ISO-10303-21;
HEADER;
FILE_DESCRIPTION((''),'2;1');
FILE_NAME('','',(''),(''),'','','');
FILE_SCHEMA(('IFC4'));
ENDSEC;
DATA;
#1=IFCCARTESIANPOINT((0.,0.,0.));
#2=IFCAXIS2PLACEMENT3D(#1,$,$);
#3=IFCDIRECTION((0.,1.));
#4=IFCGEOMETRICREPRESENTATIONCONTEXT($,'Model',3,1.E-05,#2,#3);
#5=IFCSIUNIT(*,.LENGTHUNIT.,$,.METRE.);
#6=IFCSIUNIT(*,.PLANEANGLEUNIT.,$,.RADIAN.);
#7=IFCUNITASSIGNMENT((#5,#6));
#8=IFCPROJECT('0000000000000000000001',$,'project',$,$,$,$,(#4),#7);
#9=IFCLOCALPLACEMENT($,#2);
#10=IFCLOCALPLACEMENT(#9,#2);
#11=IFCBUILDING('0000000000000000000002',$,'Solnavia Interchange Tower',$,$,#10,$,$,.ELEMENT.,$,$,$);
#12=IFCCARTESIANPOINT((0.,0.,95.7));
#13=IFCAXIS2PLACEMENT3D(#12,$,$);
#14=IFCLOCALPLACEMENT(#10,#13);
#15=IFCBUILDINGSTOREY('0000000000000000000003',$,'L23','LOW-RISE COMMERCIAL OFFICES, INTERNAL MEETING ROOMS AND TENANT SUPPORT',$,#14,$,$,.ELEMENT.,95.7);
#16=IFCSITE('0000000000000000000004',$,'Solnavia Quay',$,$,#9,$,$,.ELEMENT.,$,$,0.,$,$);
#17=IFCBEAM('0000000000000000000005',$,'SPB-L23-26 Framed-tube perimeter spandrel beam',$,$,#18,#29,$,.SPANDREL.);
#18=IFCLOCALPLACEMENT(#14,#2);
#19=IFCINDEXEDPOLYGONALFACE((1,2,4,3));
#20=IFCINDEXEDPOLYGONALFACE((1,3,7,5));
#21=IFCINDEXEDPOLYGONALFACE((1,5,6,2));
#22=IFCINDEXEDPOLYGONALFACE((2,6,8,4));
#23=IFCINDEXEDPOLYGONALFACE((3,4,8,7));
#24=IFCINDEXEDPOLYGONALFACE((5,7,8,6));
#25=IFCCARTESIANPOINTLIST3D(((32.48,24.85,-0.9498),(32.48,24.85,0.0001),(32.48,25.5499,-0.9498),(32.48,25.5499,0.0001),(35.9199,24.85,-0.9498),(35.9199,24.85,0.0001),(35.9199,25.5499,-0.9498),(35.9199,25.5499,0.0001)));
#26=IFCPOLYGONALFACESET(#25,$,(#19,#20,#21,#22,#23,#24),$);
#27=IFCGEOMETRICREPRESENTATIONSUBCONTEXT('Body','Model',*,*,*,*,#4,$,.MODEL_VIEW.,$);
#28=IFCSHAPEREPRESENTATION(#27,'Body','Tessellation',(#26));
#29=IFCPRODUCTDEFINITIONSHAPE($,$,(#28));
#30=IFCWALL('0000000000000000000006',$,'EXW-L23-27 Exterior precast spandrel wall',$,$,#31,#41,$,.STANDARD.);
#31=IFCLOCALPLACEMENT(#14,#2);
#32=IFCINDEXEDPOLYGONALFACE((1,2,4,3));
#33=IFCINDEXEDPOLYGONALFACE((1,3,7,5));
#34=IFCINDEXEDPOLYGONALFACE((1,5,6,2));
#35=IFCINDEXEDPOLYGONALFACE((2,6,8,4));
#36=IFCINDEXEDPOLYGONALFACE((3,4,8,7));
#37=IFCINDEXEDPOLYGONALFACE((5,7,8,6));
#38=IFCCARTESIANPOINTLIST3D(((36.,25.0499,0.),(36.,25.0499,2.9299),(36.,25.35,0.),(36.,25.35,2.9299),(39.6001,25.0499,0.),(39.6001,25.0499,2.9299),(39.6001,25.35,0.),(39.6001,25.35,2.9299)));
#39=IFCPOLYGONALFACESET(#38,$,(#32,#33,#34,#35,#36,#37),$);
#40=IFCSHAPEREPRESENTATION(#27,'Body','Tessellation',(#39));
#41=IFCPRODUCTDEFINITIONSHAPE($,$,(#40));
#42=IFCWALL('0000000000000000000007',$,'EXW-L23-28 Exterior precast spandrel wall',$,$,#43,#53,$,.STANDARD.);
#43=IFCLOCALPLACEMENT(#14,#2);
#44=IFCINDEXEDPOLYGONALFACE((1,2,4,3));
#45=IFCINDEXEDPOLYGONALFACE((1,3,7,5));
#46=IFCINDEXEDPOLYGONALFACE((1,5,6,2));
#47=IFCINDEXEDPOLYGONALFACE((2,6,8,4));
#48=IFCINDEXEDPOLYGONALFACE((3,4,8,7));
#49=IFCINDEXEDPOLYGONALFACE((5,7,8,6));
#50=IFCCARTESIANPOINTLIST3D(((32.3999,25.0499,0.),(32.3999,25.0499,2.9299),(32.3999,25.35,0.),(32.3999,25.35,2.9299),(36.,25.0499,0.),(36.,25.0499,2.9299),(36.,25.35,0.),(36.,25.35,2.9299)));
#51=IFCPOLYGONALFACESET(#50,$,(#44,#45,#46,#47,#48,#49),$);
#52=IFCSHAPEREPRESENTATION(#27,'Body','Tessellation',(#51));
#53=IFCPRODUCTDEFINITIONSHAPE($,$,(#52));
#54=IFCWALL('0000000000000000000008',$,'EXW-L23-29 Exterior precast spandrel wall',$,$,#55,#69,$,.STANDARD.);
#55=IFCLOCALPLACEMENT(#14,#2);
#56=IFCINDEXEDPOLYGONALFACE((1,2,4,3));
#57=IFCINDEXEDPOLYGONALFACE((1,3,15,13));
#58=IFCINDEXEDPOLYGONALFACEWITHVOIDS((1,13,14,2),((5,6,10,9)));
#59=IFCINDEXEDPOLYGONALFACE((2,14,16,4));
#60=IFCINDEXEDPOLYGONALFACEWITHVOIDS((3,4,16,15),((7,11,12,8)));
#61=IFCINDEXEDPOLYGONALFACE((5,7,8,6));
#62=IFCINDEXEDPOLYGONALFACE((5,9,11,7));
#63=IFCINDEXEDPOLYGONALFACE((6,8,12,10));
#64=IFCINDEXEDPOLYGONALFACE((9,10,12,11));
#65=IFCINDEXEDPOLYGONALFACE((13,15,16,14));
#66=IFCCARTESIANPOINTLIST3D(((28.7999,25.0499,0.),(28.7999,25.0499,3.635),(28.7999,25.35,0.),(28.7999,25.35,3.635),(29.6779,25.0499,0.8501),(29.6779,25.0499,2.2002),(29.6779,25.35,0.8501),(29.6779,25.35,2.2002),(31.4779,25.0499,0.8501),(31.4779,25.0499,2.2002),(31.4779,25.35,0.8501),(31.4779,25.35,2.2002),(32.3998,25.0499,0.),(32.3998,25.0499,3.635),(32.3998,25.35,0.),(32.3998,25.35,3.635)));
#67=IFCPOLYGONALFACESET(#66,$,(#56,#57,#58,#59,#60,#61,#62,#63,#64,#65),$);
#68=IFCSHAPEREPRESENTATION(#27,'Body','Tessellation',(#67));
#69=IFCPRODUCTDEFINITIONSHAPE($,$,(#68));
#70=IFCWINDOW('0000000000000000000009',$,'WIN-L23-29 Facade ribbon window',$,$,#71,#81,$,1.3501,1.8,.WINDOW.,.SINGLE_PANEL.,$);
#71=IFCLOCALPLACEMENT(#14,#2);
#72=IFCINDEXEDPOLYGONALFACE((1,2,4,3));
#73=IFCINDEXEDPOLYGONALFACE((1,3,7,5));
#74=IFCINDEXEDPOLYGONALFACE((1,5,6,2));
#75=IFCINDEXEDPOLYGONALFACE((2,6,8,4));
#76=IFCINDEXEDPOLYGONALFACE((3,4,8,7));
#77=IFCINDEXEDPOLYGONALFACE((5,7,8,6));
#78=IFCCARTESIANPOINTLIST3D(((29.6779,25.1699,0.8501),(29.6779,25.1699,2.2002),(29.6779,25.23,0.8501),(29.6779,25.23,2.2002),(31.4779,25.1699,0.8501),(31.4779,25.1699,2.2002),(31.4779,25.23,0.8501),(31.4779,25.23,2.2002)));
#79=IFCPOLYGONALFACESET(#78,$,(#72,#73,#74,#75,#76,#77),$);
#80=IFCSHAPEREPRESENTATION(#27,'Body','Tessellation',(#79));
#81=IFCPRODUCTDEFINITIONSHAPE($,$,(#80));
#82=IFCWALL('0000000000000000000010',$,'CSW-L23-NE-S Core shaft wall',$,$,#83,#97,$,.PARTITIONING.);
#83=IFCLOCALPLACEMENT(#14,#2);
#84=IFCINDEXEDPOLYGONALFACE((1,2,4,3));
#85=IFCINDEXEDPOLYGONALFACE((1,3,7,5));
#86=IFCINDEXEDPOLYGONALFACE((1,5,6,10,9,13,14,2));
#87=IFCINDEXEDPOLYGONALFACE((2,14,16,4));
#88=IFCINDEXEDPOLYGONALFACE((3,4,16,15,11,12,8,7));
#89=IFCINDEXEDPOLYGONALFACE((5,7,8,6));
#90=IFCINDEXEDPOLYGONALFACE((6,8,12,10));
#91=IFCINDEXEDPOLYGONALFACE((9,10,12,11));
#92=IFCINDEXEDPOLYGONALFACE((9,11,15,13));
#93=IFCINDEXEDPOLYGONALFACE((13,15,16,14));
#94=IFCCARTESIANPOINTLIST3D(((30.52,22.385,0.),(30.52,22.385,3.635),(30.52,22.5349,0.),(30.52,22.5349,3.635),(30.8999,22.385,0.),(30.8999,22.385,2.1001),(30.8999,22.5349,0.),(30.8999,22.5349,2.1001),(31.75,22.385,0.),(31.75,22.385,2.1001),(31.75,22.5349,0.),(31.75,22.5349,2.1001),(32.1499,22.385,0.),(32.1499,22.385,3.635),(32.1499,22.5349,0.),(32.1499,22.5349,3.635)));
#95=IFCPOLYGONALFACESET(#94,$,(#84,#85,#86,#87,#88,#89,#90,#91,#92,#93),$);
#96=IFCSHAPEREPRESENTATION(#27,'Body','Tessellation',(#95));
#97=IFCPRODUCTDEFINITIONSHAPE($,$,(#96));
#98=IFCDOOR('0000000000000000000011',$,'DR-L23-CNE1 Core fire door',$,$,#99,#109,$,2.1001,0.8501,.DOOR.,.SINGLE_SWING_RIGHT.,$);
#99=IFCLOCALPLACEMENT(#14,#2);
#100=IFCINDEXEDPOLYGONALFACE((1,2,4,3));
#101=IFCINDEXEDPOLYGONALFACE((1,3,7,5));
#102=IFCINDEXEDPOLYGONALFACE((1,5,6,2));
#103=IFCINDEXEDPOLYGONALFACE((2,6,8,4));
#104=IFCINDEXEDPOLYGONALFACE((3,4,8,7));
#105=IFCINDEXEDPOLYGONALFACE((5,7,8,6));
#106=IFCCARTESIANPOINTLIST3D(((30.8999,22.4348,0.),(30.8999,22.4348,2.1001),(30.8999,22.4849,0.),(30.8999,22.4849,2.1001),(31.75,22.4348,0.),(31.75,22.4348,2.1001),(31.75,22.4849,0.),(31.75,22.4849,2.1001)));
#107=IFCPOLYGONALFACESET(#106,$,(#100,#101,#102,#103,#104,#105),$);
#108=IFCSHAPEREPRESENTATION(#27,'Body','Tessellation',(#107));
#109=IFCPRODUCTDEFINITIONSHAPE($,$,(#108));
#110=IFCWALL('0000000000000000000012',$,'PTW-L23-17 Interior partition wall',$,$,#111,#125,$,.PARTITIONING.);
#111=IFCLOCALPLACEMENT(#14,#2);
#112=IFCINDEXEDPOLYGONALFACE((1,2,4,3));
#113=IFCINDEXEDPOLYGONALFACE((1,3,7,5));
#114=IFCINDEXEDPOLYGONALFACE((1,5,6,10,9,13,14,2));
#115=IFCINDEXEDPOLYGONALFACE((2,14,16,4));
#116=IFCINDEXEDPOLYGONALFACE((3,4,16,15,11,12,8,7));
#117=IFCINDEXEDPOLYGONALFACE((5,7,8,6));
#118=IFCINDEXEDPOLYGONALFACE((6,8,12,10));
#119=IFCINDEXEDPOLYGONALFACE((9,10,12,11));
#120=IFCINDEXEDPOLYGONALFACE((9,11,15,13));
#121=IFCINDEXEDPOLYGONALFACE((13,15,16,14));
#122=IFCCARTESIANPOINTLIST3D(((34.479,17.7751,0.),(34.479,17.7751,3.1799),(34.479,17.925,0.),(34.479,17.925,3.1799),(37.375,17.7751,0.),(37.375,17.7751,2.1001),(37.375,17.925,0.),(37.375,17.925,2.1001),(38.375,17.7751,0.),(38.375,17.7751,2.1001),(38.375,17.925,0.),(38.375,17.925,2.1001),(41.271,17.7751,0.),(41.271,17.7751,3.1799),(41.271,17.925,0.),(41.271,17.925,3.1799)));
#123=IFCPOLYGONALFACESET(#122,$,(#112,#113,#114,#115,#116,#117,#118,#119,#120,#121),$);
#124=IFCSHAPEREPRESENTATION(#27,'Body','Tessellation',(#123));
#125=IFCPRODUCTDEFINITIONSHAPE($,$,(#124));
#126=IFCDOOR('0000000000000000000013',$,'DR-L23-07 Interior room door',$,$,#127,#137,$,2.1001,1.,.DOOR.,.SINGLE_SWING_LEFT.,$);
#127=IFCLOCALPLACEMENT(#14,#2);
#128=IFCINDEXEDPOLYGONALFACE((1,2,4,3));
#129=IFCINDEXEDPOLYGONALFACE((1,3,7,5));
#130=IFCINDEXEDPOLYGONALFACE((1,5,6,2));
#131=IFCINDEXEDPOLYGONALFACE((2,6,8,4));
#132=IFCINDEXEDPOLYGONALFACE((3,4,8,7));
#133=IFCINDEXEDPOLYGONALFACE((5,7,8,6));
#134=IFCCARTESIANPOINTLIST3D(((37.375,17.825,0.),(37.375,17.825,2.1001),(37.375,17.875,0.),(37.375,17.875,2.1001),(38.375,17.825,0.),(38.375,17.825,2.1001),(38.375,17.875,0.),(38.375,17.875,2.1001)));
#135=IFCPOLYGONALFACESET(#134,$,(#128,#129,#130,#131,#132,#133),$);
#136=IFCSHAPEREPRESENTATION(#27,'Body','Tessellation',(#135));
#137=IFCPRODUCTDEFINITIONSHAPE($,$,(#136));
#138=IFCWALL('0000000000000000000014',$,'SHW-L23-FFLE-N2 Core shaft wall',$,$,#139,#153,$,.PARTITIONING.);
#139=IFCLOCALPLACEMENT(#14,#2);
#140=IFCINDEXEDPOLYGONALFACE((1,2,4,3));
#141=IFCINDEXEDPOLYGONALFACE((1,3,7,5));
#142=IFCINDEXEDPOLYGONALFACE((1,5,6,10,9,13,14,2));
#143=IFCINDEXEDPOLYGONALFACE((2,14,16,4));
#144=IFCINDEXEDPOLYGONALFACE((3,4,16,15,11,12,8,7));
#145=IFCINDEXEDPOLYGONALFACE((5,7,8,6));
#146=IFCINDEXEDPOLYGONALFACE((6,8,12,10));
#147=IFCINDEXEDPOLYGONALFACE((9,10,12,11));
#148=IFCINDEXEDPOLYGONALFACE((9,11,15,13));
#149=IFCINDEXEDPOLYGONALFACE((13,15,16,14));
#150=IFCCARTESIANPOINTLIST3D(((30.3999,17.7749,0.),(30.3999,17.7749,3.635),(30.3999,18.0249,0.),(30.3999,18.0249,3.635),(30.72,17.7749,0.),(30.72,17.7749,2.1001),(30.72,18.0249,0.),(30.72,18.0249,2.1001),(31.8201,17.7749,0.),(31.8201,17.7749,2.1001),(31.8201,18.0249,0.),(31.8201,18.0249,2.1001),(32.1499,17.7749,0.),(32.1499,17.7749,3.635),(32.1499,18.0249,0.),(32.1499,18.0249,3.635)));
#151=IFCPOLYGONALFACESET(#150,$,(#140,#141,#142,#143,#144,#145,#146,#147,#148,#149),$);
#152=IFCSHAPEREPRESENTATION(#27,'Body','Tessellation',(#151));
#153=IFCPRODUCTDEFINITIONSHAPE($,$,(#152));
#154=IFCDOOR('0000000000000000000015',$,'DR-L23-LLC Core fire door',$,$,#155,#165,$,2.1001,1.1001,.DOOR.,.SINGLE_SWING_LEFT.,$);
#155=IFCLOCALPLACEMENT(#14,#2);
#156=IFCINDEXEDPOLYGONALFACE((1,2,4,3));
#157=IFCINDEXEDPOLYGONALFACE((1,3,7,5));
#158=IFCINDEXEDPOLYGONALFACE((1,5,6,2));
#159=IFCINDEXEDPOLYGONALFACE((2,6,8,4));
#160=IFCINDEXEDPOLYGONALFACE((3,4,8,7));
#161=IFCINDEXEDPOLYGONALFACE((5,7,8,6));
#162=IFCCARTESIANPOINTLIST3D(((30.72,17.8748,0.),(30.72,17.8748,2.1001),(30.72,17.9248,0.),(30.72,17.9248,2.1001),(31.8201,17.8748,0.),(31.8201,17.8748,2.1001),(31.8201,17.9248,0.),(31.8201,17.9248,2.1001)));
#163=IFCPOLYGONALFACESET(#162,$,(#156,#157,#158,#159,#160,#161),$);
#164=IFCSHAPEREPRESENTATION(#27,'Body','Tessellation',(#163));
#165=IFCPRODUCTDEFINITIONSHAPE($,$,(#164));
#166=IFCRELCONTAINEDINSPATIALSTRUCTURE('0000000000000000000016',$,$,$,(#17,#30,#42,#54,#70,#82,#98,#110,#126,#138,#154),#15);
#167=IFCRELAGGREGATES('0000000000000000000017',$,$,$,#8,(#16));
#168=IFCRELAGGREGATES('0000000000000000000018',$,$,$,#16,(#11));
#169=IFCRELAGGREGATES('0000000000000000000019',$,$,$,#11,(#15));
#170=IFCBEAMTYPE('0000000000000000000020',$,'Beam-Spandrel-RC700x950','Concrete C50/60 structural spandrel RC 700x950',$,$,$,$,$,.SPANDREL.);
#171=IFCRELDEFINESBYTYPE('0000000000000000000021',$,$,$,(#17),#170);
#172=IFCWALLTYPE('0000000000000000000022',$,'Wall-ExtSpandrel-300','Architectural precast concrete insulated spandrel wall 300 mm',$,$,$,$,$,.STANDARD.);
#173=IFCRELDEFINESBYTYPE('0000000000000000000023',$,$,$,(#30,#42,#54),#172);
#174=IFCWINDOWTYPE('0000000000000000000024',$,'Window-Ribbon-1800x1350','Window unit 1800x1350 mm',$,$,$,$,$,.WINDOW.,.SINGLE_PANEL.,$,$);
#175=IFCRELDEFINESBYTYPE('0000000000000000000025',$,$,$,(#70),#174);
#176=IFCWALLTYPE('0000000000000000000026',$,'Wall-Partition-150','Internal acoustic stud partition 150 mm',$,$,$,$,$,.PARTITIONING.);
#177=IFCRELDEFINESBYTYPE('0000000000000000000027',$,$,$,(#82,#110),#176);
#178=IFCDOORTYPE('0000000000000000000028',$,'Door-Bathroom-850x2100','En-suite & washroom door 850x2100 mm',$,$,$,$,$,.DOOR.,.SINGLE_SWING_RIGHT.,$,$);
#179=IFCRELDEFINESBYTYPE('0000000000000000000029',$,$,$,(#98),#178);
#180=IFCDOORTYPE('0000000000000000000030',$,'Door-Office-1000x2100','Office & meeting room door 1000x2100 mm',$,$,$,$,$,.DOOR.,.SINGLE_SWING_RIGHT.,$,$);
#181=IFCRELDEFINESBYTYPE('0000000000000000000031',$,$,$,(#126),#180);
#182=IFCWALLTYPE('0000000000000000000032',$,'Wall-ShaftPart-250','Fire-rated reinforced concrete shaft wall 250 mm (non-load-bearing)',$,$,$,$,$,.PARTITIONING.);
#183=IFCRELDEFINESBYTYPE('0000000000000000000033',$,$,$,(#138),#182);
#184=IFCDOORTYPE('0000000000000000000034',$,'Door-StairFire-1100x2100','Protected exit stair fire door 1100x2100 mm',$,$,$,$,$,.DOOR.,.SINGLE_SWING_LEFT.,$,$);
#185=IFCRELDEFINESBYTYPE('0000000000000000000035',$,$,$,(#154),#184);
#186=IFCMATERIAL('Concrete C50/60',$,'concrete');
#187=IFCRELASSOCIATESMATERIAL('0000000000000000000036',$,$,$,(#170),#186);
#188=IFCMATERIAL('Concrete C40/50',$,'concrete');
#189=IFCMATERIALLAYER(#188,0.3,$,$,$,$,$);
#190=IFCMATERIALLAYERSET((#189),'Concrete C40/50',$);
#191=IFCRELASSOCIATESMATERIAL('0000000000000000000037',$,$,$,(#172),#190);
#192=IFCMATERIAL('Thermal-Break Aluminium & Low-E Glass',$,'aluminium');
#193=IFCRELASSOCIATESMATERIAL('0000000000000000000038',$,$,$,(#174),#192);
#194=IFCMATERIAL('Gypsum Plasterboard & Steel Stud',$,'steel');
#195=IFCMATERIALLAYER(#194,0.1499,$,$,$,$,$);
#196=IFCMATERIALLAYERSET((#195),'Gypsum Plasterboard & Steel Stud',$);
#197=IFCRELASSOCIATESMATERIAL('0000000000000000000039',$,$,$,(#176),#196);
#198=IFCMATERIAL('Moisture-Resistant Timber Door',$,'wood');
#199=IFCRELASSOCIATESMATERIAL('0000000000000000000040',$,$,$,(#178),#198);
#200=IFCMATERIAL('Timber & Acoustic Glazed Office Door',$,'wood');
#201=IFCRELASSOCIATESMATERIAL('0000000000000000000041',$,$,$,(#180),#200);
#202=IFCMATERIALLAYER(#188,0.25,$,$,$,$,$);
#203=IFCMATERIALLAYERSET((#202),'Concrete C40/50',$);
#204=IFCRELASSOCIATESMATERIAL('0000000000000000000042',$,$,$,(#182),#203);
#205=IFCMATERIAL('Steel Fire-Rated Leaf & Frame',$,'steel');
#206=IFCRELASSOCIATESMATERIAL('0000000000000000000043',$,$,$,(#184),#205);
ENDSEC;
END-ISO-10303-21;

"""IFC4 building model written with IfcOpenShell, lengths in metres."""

from ifc_helpers import new_model, si_unit, direction, frame, frame_2d, origin, origin_2d, place, context, subcontext, project, spatial, rectangle, extrude, material, layer, layer_set, material_profile, profile_set, type_object, element, fill, save


model = new_model("IFC4")

# Units and contexts
model_context = context("Model", 3, precision=1e-05, world=origin(), true_north=direction((0.0, 1.0)))
body_context = subcontext(model_context, "Body", "Model", "MODEL_VIEW")
ifc_project = project(units=[si_unit("LENGTHUNIT", "METRE"), si_unit("PLANEANGLEUNIT", "RADIAN")], contexts=[model_context])

# Site, building, storey
site_placement = place(None, origin())
site = spatial("IfcSite", under=ifc_project, at=site_placement, Name="Solnavia Quay", CompositionType="ELEMENT", RefElevation=0.0)
building_placement = place(site_placement, origin())
building = spatial("IfcBuilding", under=site, at=building_placement, Name="Solnavia Interchange Tower", CompositionType="ELEMENT")
storey_placement = place(building_placement, frame((0.0, 0.0, 95.7)))
storey = spatial("IfcBuildingStorey", under=building, at=storey_placement, Name="L23", Description="LOW-RISE COMMERCIAL OFFICES, INTERNAL MEETING ROOMS AND TENANT SUPPORT", CompositionType="ELEMENT", Elevation=95.7)

# Shared definitions
ifc_material_1 = material(Name="Concrete C50/60", Category="concrete")

# Beam
ifc_material_profile_1 = material_profile(ifc_material_1, rectangle(XDim=0.7, YDim=0.95, at=origin_2d()), Name="RC 700x950")
ifc_profile_set_1 = profile_set([ifc_material_profile_1], Name="Concrete C50/60")
beam_type_1 = type_object("IfcBeamType", Name="Beam-Spandrel-RC700x950", Description="Concrete C50/60 structural spandrel RC 700x950", PredefinedType="SPANDREL", material=ifc_profile_set_1)
beam_1_placement = place(storey_placement, frame((35.9199, 25.2, -0.4749), z_axis=(-1.0, 0.0, 0.0), x_axis=(0.0, -1.0, 0.0)))
element("IfcBeam", 1, at=beam_1_placement, inside=storey, type_object=beam_type_1, Name="SPB-L23-26 Framed-tube perimeter spandrel beam", PredefinedType="SPANDREL", context=body_context, shape_type="SweptSolid", body=[
    extrude(rectangle(XDim=0.7, YDim=0.95, at=origin_2d()), origin(), (0.0, 0.0, 1.0), 3.4399),
])

# Walls
ifc_material_2 = material(Name="Concrete C40/50", Category="concrete")
ifc_layer_1 = layer(ifc_material_2, 0.3)
ifc_layer_set_1 = layer_set([ifc_layer_1], Name="Concrete C40/50")
wall_type_1 = type_object("IfcWallType", Name="Wall-ExtSpandrel-300", Description="Architectural precast concrete insulated spandrel wall 300 mm", PredefinedType="STANDARD", material=ifc_layer_set_1)
for number, where, z_axis, x_axis, name in (
    (2, (36.0, 25.2, 0.0), (0.0, 0.0, 1.0), (1.0, 0.0, 0.0), "EXW-L23-27 Exterior precast spandrel wall"),
    (3, (32.3999, 25.2, 0.0), (0.0, 0.0, 1.0), (1.0, 0.0, 0.0), "EXW-L23-28 Exterior precast spandrel wall"),
):
    element("IfcWall", number, at=place(storey_placement, frame(where, z_axis=z_axis, x_axis=x_axis)), inside=storey, type_object=wall_type_1, Name=name, PredefinedType="STANDARD", context=body_context, shape_type="SweptSolid", body=[
        extrude(rectangle(XDim=3.6001, YDim=0.3, at=frame_2d((1.8, 0.0))), origin(), (0.0, 0.0, 1.0), 2.9299),
    ])

# Wall, opening, window
wall_1_placement = place(storey_placement, frame((28.8, 25.2, 0.0), z_axis=(0.0, 0.0, 1.0), x_axis=(1.0, 0.0, 0.0)))
wall_1 = element("IfcWall", 4, at=wall_1_placement, inside=storey, type_object=wall_type_1, Name="EXW-L23-29 Exterior precast spandrel wall", PredefinedType="STANDARD", context=body_context, shape_type="SweptSolid", body=[
    extrude(rectangle(XDim=3.5999, YDim=0.3, at=frame_2d((1.7998, 0.0))), origin(), (0.0, 0.0, 1.0), 3.635),
])
opening_1_placement = place(wall_1_placement, frame((0.8779, 0.0, 0.8501)))
opening_1 = element("IfcOpeningElement", 5, at=opening_1_placement, cuts=wall_1, PredefinedType="OPENING", context=body_context, shape_type="SweptSolid", body=[
    extrude(rectangle(XDim=1.8, YDim=1.3501, at=frame_2d((0.8999, 0.675))), frame((0.0, 0.1602, 0.0), z_axis=(0.0, -1.0, 0.0), x_axis=(1.0, 0.0, 0.0)), (0.0, 0.0, 1.0), 0.3201),
])
ifc_material_3 = material(Name="Thermal-Break Aluminium & Low-E Glass", Category="aluminium")
window_type = type_object("IfcWindowType", Name="Window-Ribbon-1800x1350", Description="Window unit 1800x1350 mm", PartitioningType="SINGLE_PANEL", PredefinedType="WINDOW", material=ifc_material_3)
window_placement = place(opening_1_placement, origin())
window = element("IfcWindow", 6, at=window_placement, inside=storey, type_object=window_type, Name="WIN-L23-29 Facade ribbon window", OverallHeight=1.3501, OverallWidth=1.8, PartitioningType="SINGLE_PANEL", PredefinedType="WINDOW", context=body_context, shape_type="SweptSolid", body=[
    extrude(rectangle(XDim=1.8, YDim=1.3501, at=frame_2d((0.8999, 0.675))), frame((0.0, 0.03, 0.0), z_axis=(0.0, -1.0, 0.0), x_axis=(1.0, 0.0, 0.0)), (0.0, 0.0, 1.0), 0.0601),
])
fill(opening_1, window)

# Walls, openings, doors
ifc_material_4 = material(Name="Gypsum Plasterboard & Steel Stud", Category="steel")
ifc_layer_2 = layer(ifc_material_4, 0.1499)
ifc_layer_set_2 = layer_set([ifc_layer_2], Name="Gypsum Plasterboard & Steel Stud")
wall_type_2 = type_object("IfcWallType", Name="Wall-Partition-150", Description="Internal acoustic stud partition 150 mm", PredefinedType="PARTITIONING", material=ifc_layer_set_2)
wall_2_placement = place(storey_placement, frame((30.52, 22.46, 0.0), z_axis=(0.0, 0.0, 1.0), x_axis=(1.0, 0.0, 0.0)))
wall_2 = element("IfcWall", 7, at=wall_2_placement, inside=storey, type_object=wall_type_2, Name="CSW-L23-NE-S Core shaft wall", PredefinedType="PARTITIONING", context=body_context, shape_type="SweptSolid", body=[
    extrude(rectangle(XDim=1.6299, YDim=0.1499, at=frame_2d((0.8149, 0.0))), origin(), (0.0, 0.0, 1.0), 3.635),
])
opening_2_placement = place(wall_2_placement, frame((0.3799, 0.0, 0.0)))
opening_2 = element("IfcOpeningElement", 8, at=opening_2_placement, cuts=wall_2, PredefinedType="OPENING", context=body_context, shape_type="SweptSolid", body=[
    extrude(rectangle(XDim=0.8501, YDim=2.1001, at=frame_2d((0.425, 1.05))), frame((0.0, 0.085, 0.0), z_axis=(0.0, -1.0, 0.0), x_axis=(1.0, 0.0, 0.0)), (0.0, 0.0, 1.0), 0.1699),
])
ifc_material_5 = material(Name="Moisture-Resistant Timber Door", Category="wood")
door_type_1 = type_object("IfcDoorType", Name="Door-Bathroom-850x2100", Description="En-suite & washroom door 850x2100 mm", OperationType="SINGLE_SWING_RIGHT", PredefinedType="DOOR", material=ifc_material_5)
door_1_placement = place(opening_2_placement, origin())
door_1 = element("IfcDoor", 9, at=door_1_placement, inside=storey, type_object=door_type_1, Name="DR-L23-CNE1 Core fire door", OperationType="SINGLE_SWING_RIGHT", OverallHeight=2.1001, OverallWidth=0.8501, PredefinedType="DOOR", context=body_context, shape_type="SweptSolid", body=[
    extrude(rectangle(XDim=0.8501, YDim=2.1001, at=frame_2d((0.425, 1.05))), frame((0.0, 0.0249, 0.0), z_axis=(0.0, -1.0, 0.0), x_axis=(1.0, 0.0, 0.0)), (0.0, 0.0, 1.0), 0.05),
])
fill(opening_2, door_1)
wall_3_placement = place(storey_placement, frame((34.479, 17.8501, 0.0), z_axis=(0.0, 0.0, 1.0), x_axis=(1.0, 0.0, 0.0)))
wall_3 = element("IfcWall", 10, at=wall_3_placement, inside=storey, type_object=wall_type_2, Name="PTW-L23-17 Interior partition wall", PredefinedType="PARTITIONING", context=body_context, shape_type="SweptSolid", body=[
    extrude(rectangle(XDim=6.792, YDim=0.1499, at=frame_2d((3.396, 0.0))), origin(), (0.0, 0.0, 1.0), 3.1799),
])
opening_3_placement = place(wall_3_placement, frame((2.896, 0.0, 0.0)))
opening_3 = element("IfcOpeningElement", 11, at=opening_3_placement, cuts=wall_3, PredefinedType="OPENING", context=body_context, shape_type="SweptSolid", body=[
    extrude(rectangle(XDim=1.0, YDim=2.1001, at=frame_2d((0.5, 1.05))), frame((0.0, 0.085, 0.0), z_axis=(0.0, -1.0, 0.0), x_axis=(1.0, 0.0, 0.0)), (0.0, 0.0, 1.0), 0.1699),
])
ifc_material_6 = material(Name="Timber & Acoustic Glazed Office Door", Category="wood")
door_type_2 = type_object("IfcDoorType", Name="Door-Office-1000x2100", Description="Office & meeting room door 1000x2100 mm", OperationType="SINGLE_SWING_RIGHT", PredefinedType="DOOR", material=ifc_material_6)
door_2_placement = place(opening_3_placement, origin())
door_2 = element("IfcDoor", 12, at=door_2_placement, inside=storey, type_object=door_type_2, Name="DR-L23-07 Interior room door", OperationType="SINGLE_SWING_LEFT", OverallHeight=2.1001, OverallWidth=1.0, PredefinedType="DOOR", context=body_context, shape_type="SweptSolid", body=[
    extrude(rectangle(XDim=1.0, YDim=2.1001, at=frame_2d((0.5, 1.05))), frame((0.0, 0.0249, 0.0), z_axis=(0.0, -1.0, 0.0), x_axis=(1.0, 0.0, 0.0)), (0.0, 0.0, 1.0), 0.05),
])
fill(opening_3, door_2)
ifc_layer_3 = layer(ifc_material_2, 0.25)
ifc_layer_set_3 = layer_set([ifc_layer_3], Name="Concrete C40/50")
wall_type_3 = type_object("IfcWallType", Name="Wall-ShaftPart-250", Description="Fire-rated reinforced concrete shaft wall 250 mm (non-load-bearing)", PredefinedType="PARTITIONING", material=ifc_layer_set_3)
wall_4_placement = place(storey_placement, frame((30.3999, 17.8999, 0.0), z_axis=(0.0, 0.0, 1.0), x_axis=(1.0, 0.0, 0.0)))
wall_4 = element("IfcWall", 13, at=wall_4_placement, inside=storey, type_object=wall_type_3, Name="SHW-L23-FFLE-N2 Core shaft wall", PredefinedType="PARTITIONING", context=body_context, shape_type="SweptSolid", body=[
    extrude(rectangle(XDim=1.75, YDim=0.25, at=frame_2d((0.875, 0.0))), origin(), (0.0, 0.0, 1.0), 3.635),
])
opening_4_placement = place(wall_4_placement, frame((0.3201, 0.0, 0.0)))
opening_4 = element("IfcOpeningElement", 14, at=opening_4_placement, cuts=wall_4, PredefinedType="OPENING", context=body_context, shape_type="SweptSolid", body=[
    extrude(rectangle(XDim=1.1001, YDim=2.1001, at=frame_2d((0.55, 1.05))), frame((0.0, 0.135, 0.0), z_axis=(0.0, -1.0, 0.0), x_axis=(1.0, 0.0, 0.0)), (0.0, 0.0, 1.0), 0.27),
])
ifc_material_7 = material(Name="Steel Fire-Rated Leaf & Frame", Category="steel")
door_type_3 = type_object("IfcDoorType", Name="Door-StairFire-1100x2100", Description="Protected exit stair fire door 1100x2100 mm", OperationType="SINGLE_SWING_LEFT", PredefinedType="DOOR", material=ifc_material_7)
door_3_placement = place(opening_4_placement, origin())
door_3 = element("IfcDoor", 15, at=door_3_placement, inside=storey, type_object=door_type_3, Name="DR-L23-LLC Core fire door", OperationType="SINGLE_SWING_LEFT", OverallHeight=2.1001, OverallWidth=1.1001, PredefinedType="DOOR", context=body_context, shape_type="SweptSolid", body=[
    extrude(rectangle(XDim=1.1001, YDim=2.1001, at=frame_2d((0.55, 1.05))), frame((0.0, 0.0249, 0.0), z_axis=(0.0, -1.0, 0.0), x_axis=(1.0, 0.0, 0.0)), (0.0, 0.0, 1.0), 0.05),
])
fill(opening_4, door_3)

save(model, "model.ifc")
